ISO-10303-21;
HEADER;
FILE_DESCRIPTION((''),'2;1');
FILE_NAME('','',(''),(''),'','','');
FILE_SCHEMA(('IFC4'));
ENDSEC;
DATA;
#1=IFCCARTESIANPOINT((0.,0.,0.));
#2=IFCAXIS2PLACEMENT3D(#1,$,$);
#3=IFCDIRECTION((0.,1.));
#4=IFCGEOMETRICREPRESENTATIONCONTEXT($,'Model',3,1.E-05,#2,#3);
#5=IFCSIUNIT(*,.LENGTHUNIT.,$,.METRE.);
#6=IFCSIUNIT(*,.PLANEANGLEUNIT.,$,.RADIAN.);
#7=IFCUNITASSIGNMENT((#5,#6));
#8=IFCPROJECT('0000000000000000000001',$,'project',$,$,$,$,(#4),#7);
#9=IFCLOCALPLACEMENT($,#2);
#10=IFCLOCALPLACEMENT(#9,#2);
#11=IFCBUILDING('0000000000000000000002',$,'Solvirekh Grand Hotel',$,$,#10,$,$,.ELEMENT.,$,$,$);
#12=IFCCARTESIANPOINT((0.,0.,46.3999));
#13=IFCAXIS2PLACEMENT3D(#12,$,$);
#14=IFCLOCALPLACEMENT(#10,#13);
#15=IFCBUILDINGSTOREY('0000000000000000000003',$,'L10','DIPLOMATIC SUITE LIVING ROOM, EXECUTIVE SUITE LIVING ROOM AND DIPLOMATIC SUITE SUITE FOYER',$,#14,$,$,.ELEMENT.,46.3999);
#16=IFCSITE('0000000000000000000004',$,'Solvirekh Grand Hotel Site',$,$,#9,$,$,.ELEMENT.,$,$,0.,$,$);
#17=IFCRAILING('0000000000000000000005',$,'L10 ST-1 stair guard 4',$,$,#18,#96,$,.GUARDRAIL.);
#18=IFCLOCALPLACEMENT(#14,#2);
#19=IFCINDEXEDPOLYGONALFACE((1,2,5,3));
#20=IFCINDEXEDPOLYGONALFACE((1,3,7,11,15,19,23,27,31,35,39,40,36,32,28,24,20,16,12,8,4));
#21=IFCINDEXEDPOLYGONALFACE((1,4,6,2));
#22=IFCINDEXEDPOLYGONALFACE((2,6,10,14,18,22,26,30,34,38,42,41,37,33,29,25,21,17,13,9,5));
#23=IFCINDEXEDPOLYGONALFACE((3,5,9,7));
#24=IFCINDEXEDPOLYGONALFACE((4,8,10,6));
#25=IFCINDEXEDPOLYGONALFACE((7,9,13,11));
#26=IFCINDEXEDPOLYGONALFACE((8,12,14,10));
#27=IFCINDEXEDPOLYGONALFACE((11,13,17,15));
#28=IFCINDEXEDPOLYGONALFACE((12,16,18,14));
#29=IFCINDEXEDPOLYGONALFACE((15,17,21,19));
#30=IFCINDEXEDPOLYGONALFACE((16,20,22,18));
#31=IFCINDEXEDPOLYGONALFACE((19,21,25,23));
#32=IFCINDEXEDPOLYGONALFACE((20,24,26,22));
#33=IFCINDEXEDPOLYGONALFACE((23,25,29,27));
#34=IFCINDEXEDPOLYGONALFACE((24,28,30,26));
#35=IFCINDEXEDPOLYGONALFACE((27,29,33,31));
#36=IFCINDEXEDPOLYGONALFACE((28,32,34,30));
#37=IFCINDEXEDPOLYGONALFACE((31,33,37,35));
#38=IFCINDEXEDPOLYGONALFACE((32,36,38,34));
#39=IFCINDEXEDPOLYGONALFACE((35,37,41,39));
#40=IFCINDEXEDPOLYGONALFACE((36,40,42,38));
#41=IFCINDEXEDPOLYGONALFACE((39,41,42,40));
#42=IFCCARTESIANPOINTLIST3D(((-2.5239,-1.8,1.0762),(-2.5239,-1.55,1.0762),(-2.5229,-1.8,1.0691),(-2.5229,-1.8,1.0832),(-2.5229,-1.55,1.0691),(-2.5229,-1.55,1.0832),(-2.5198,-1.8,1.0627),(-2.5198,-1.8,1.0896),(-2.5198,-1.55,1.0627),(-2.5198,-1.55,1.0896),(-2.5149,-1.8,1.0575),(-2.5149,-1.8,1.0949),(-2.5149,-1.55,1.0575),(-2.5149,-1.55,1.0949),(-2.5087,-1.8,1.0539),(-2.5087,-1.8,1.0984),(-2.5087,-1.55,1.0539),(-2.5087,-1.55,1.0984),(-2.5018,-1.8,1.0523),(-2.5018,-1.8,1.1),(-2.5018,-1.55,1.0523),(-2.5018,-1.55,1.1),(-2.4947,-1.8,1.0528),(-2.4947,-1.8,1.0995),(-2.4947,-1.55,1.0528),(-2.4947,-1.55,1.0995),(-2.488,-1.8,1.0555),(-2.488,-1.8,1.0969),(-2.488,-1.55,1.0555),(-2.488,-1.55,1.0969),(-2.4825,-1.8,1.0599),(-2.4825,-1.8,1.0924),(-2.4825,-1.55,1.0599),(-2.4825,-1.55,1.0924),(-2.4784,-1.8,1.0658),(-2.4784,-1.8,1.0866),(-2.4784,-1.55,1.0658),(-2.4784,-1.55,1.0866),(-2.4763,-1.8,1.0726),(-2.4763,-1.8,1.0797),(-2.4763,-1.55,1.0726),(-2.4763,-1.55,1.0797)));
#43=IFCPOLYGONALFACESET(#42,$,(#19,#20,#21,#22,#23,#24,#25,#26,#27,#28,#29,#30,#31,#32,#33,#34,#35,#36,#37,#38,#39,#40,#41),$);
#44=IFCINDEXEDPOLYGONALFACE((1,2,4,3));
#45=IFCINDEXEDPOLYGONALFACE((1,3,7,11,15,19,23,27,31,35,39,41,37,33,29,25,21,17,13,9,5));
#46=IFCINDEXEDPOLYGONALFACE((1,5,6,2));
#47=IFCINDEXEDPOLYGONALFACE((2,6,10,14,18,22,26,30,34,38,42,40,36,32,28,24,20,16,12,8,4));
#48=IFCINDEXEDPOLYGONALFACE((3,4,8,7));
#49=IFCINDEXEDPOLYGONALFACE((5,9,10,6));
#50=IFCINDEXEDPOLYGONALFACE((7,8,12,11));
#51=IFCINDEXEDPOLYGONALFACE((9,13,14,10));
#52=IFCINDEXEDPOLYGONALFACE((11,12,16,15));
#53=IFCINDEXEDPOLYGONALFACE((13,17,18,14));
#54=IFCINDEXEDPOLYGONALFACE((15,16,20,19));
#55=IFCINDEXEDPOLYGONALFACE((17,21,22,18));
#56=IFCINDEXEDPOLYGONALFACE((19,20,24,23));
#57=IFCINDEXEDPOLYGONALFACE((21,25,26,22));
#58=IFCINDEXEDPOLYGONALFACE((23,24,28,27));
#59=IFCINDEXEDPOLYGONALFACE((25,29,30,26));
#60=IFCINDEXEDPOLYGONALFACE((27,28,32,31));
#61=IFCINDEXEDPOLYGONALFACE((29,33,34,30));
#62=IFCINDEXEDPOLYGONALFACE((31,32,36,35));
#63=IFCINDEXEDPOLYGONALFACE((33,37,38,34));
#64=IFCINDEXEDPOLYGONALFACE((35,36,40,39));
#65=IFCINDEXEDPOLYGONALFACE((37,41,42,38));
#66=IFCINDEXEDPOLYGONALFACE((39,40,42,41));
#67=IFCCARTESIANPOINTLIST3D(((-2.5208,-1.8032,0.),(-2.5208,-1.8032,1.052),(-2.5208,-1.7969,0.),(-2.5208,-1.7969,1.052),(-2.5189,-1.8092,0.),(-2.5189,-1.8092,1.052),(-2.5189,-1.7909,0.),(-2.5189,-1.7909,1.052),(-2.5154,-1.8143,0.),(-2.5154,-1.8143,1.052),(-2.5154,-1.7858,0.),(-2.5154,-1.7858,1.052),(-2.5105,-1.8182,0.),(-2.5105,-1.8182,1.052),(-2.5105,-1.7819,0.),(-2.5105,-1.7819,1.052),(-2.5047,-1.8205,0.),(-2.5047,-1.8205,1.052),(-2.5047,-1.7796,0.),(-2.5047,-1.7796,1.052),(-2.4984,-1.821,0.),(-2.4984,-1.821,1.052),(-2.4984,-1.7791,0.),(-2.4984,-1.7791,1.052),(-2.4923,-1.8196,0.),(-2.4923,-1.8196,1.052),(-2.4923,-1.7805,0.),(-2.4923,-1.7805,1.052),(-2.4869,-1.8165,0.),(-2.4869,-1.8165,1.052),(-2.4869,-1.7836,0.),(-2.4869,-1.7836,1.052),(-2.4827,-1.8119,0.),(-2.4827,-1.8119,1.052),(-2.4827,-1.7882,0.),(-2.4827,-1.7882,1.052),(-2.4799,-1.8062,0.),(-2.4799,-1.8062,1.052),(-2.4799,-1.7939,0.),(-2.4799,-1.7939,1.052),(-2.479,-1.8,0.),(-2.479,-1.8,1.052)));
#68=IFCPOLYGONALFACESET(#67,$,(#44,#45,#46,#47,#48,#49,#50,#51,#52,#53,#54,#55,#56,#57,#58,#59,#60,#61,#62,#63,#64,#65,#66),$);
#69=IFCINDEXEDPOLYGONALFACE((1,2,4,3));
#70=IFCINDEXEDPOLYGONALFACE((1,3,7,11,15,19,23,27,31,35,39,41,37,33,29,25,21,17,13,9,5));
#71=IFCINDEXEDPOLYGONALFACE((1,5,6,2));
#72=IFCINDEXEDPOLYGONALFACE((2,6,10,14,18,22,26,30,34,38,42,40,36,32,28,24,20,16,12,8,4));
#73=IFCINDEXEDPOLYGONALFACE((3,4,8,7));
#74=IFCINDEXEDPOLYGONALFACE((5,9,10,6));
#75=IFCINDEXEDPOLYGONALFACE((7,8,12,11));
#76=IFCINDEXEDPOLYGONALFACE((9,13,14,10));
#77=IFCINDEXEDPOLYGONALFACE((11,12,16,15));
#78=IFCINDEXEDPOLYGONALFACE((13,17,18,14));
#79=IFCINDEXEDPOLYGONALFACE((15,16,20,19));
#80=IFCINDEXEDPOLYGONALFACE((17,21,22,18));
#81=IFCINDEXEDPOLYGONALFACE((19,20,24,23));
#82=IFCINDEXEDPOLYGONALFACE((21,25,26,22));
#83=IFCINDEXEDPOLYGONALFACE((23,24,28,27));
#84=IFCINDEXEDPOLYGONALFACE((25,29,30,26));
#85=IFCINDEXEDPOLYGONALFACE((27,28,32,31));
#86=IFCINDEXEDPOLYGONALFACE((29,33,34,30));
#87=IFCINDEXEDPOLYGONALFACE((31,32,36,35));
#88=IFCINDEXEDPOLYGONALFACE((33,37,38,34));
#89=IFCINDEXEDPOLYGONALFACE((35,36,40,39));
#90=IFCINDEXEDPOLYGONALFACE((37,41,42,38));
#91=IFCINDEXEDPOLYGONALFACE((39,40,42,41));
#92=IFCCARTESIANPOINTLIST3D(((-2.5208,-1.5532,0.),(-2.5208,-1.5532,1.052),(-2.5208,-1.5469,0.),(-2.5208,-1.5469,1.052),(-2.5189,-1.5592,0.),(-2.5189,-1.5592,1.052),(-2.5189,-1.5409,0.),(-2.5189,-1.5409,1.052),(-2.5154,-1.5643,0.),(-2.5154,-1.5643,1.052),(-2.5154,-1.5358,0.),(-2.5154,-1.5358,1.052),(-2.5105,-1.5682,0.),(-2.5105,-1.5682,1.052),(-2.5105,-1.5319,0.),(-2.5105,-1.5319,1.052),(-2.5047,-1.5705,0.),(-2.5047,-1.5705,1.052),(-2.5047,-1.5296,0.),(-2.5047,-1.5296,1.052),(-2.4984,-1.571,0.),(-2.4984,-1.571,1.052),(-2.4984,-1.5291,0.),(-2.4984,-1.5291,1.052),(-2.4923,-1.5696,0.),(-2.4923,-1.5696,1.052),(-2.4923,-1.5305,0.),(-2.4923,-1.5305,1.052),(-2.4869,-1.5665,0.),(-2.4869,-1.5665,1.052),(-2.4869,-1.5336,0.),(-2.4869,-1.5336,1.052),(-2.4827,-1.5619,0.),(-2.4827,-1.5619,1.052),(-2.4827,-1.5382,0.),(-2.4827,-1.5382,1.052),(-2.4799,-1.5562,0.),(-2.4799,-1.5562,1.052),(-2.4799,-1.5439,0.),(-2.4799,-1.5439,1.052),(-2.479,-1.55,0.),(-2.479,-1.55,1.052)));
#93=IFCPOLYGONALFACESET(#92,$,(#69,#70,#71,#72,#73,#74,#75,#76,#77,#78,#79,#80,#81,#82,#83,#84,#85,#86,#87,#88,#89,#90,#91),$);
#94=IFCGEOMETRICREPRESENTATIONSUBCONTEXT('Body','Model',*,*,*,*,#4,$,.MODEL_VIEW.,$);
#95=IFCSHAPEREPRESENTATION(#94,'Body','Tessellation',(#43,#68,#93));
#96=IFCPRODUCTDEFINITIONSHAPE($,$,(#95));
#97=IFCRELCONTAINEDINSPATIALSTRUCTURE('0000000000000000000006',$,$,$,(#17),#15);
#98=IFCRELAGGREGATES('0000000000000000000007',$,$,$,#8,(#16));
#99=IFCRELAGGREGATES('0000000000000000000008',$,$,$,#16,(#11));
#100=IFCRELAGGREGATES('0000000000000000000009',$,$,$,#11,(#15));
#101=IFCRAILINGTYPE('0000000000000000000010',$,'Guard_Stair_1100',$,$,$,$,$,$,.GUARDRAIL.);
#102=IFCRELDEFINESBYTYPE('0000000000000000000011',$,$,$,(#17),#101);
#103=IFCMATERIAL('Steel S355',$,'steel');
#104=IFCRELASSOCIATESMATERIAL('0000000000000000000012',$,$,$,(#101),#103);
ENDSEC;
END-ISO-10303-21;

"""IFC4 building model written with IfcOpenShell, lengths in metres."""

from ifc_helpers import new_model, si_unit, direction, frame, origin, origin_2d, place, context, subcontext, project, spatial, circle, extrude, material, type_object, element, save


model = new_model("IFC4")

# Units and contexts
model_context = context("Model", 3, precision=1e-05, world=origin(), true_north=direction((0.0, 1.0)))
body_context = subcontext(model_context, "Body", "Model", "MODEL_VIEW")
ifc_project = project(units=[si_unit("LENGTHUNIT", "METRE"), si_unit("PLANEANGLEUNIT", "RADIAN")], contexts=[model_context])

# Site, building, storey
site_placement = place(None, origin())
site = spatial("IfcSite", under=ifc_project, at=site_placement, Name="Solvirekh Grand Hotel Site", CompositionType="ELEMENT", RefElevation=0.0)
building_placement = place(site_placement, origin())
building = spatial("IfcBuilding", under=site, at=building_placement, Name="Solvirekh Grand Hotel", CompositionType="ELEMENT")
storey_placement = place(building_placement, frame((0.0, 0.0, 46.3999)))
storey = spatial("IfcBuildingStorey", under=building, at=storey_placement, Name="L10", Description="DIPLOMATIC SUITE LIVING ROOM, EXECUTIVE SUITE LIVING ROOM AND DIPLOMATIC SUITE SUITE FOYER", CompositionType="ELEMENT", Elevation=46.3999)

# Railing
ifc_material_1 = material(Name="Steel S355", Category="steel")
railing_type_1 = type_object("IfcRailingType", Name="Guard_Stair_1100", PredefinedType="GUARDRAIL", material=ifc_material_1)
railing_1_placement = place(storey_placement, frame((-2.5, -1.8, 0.0)))
element("IfcRailing", 1, at=railing_1_placement, inside=storey, type_object=railing_type_1, Name="L10 ST-1 stair guard 4", PredefinedType="GUARDRAIL", context=body_context, shape_type="SweptSolid", body=[
    extrude(circle(Radius=0.0239, at=origin_2d()), frame((0.0, 0.0, 1.0762), z_axis=(0.0, 1.0, 0.0), x_axis=(-1.0, 0.0, 0.0)), (0.0, 0.0, 1.0), 0.25),
    extrude(circle(Radius=0.021, at=origin_2d()), origin(), (0.0, 0.0, 1.0), 1.052),
    extrude(circle(Radius=0.021, at=origin_2d()), frame((0.0, 0.25, 0.0)), (0.0, 0.0, 1.0), 1.052),
])

save(model, "model.ifc")
